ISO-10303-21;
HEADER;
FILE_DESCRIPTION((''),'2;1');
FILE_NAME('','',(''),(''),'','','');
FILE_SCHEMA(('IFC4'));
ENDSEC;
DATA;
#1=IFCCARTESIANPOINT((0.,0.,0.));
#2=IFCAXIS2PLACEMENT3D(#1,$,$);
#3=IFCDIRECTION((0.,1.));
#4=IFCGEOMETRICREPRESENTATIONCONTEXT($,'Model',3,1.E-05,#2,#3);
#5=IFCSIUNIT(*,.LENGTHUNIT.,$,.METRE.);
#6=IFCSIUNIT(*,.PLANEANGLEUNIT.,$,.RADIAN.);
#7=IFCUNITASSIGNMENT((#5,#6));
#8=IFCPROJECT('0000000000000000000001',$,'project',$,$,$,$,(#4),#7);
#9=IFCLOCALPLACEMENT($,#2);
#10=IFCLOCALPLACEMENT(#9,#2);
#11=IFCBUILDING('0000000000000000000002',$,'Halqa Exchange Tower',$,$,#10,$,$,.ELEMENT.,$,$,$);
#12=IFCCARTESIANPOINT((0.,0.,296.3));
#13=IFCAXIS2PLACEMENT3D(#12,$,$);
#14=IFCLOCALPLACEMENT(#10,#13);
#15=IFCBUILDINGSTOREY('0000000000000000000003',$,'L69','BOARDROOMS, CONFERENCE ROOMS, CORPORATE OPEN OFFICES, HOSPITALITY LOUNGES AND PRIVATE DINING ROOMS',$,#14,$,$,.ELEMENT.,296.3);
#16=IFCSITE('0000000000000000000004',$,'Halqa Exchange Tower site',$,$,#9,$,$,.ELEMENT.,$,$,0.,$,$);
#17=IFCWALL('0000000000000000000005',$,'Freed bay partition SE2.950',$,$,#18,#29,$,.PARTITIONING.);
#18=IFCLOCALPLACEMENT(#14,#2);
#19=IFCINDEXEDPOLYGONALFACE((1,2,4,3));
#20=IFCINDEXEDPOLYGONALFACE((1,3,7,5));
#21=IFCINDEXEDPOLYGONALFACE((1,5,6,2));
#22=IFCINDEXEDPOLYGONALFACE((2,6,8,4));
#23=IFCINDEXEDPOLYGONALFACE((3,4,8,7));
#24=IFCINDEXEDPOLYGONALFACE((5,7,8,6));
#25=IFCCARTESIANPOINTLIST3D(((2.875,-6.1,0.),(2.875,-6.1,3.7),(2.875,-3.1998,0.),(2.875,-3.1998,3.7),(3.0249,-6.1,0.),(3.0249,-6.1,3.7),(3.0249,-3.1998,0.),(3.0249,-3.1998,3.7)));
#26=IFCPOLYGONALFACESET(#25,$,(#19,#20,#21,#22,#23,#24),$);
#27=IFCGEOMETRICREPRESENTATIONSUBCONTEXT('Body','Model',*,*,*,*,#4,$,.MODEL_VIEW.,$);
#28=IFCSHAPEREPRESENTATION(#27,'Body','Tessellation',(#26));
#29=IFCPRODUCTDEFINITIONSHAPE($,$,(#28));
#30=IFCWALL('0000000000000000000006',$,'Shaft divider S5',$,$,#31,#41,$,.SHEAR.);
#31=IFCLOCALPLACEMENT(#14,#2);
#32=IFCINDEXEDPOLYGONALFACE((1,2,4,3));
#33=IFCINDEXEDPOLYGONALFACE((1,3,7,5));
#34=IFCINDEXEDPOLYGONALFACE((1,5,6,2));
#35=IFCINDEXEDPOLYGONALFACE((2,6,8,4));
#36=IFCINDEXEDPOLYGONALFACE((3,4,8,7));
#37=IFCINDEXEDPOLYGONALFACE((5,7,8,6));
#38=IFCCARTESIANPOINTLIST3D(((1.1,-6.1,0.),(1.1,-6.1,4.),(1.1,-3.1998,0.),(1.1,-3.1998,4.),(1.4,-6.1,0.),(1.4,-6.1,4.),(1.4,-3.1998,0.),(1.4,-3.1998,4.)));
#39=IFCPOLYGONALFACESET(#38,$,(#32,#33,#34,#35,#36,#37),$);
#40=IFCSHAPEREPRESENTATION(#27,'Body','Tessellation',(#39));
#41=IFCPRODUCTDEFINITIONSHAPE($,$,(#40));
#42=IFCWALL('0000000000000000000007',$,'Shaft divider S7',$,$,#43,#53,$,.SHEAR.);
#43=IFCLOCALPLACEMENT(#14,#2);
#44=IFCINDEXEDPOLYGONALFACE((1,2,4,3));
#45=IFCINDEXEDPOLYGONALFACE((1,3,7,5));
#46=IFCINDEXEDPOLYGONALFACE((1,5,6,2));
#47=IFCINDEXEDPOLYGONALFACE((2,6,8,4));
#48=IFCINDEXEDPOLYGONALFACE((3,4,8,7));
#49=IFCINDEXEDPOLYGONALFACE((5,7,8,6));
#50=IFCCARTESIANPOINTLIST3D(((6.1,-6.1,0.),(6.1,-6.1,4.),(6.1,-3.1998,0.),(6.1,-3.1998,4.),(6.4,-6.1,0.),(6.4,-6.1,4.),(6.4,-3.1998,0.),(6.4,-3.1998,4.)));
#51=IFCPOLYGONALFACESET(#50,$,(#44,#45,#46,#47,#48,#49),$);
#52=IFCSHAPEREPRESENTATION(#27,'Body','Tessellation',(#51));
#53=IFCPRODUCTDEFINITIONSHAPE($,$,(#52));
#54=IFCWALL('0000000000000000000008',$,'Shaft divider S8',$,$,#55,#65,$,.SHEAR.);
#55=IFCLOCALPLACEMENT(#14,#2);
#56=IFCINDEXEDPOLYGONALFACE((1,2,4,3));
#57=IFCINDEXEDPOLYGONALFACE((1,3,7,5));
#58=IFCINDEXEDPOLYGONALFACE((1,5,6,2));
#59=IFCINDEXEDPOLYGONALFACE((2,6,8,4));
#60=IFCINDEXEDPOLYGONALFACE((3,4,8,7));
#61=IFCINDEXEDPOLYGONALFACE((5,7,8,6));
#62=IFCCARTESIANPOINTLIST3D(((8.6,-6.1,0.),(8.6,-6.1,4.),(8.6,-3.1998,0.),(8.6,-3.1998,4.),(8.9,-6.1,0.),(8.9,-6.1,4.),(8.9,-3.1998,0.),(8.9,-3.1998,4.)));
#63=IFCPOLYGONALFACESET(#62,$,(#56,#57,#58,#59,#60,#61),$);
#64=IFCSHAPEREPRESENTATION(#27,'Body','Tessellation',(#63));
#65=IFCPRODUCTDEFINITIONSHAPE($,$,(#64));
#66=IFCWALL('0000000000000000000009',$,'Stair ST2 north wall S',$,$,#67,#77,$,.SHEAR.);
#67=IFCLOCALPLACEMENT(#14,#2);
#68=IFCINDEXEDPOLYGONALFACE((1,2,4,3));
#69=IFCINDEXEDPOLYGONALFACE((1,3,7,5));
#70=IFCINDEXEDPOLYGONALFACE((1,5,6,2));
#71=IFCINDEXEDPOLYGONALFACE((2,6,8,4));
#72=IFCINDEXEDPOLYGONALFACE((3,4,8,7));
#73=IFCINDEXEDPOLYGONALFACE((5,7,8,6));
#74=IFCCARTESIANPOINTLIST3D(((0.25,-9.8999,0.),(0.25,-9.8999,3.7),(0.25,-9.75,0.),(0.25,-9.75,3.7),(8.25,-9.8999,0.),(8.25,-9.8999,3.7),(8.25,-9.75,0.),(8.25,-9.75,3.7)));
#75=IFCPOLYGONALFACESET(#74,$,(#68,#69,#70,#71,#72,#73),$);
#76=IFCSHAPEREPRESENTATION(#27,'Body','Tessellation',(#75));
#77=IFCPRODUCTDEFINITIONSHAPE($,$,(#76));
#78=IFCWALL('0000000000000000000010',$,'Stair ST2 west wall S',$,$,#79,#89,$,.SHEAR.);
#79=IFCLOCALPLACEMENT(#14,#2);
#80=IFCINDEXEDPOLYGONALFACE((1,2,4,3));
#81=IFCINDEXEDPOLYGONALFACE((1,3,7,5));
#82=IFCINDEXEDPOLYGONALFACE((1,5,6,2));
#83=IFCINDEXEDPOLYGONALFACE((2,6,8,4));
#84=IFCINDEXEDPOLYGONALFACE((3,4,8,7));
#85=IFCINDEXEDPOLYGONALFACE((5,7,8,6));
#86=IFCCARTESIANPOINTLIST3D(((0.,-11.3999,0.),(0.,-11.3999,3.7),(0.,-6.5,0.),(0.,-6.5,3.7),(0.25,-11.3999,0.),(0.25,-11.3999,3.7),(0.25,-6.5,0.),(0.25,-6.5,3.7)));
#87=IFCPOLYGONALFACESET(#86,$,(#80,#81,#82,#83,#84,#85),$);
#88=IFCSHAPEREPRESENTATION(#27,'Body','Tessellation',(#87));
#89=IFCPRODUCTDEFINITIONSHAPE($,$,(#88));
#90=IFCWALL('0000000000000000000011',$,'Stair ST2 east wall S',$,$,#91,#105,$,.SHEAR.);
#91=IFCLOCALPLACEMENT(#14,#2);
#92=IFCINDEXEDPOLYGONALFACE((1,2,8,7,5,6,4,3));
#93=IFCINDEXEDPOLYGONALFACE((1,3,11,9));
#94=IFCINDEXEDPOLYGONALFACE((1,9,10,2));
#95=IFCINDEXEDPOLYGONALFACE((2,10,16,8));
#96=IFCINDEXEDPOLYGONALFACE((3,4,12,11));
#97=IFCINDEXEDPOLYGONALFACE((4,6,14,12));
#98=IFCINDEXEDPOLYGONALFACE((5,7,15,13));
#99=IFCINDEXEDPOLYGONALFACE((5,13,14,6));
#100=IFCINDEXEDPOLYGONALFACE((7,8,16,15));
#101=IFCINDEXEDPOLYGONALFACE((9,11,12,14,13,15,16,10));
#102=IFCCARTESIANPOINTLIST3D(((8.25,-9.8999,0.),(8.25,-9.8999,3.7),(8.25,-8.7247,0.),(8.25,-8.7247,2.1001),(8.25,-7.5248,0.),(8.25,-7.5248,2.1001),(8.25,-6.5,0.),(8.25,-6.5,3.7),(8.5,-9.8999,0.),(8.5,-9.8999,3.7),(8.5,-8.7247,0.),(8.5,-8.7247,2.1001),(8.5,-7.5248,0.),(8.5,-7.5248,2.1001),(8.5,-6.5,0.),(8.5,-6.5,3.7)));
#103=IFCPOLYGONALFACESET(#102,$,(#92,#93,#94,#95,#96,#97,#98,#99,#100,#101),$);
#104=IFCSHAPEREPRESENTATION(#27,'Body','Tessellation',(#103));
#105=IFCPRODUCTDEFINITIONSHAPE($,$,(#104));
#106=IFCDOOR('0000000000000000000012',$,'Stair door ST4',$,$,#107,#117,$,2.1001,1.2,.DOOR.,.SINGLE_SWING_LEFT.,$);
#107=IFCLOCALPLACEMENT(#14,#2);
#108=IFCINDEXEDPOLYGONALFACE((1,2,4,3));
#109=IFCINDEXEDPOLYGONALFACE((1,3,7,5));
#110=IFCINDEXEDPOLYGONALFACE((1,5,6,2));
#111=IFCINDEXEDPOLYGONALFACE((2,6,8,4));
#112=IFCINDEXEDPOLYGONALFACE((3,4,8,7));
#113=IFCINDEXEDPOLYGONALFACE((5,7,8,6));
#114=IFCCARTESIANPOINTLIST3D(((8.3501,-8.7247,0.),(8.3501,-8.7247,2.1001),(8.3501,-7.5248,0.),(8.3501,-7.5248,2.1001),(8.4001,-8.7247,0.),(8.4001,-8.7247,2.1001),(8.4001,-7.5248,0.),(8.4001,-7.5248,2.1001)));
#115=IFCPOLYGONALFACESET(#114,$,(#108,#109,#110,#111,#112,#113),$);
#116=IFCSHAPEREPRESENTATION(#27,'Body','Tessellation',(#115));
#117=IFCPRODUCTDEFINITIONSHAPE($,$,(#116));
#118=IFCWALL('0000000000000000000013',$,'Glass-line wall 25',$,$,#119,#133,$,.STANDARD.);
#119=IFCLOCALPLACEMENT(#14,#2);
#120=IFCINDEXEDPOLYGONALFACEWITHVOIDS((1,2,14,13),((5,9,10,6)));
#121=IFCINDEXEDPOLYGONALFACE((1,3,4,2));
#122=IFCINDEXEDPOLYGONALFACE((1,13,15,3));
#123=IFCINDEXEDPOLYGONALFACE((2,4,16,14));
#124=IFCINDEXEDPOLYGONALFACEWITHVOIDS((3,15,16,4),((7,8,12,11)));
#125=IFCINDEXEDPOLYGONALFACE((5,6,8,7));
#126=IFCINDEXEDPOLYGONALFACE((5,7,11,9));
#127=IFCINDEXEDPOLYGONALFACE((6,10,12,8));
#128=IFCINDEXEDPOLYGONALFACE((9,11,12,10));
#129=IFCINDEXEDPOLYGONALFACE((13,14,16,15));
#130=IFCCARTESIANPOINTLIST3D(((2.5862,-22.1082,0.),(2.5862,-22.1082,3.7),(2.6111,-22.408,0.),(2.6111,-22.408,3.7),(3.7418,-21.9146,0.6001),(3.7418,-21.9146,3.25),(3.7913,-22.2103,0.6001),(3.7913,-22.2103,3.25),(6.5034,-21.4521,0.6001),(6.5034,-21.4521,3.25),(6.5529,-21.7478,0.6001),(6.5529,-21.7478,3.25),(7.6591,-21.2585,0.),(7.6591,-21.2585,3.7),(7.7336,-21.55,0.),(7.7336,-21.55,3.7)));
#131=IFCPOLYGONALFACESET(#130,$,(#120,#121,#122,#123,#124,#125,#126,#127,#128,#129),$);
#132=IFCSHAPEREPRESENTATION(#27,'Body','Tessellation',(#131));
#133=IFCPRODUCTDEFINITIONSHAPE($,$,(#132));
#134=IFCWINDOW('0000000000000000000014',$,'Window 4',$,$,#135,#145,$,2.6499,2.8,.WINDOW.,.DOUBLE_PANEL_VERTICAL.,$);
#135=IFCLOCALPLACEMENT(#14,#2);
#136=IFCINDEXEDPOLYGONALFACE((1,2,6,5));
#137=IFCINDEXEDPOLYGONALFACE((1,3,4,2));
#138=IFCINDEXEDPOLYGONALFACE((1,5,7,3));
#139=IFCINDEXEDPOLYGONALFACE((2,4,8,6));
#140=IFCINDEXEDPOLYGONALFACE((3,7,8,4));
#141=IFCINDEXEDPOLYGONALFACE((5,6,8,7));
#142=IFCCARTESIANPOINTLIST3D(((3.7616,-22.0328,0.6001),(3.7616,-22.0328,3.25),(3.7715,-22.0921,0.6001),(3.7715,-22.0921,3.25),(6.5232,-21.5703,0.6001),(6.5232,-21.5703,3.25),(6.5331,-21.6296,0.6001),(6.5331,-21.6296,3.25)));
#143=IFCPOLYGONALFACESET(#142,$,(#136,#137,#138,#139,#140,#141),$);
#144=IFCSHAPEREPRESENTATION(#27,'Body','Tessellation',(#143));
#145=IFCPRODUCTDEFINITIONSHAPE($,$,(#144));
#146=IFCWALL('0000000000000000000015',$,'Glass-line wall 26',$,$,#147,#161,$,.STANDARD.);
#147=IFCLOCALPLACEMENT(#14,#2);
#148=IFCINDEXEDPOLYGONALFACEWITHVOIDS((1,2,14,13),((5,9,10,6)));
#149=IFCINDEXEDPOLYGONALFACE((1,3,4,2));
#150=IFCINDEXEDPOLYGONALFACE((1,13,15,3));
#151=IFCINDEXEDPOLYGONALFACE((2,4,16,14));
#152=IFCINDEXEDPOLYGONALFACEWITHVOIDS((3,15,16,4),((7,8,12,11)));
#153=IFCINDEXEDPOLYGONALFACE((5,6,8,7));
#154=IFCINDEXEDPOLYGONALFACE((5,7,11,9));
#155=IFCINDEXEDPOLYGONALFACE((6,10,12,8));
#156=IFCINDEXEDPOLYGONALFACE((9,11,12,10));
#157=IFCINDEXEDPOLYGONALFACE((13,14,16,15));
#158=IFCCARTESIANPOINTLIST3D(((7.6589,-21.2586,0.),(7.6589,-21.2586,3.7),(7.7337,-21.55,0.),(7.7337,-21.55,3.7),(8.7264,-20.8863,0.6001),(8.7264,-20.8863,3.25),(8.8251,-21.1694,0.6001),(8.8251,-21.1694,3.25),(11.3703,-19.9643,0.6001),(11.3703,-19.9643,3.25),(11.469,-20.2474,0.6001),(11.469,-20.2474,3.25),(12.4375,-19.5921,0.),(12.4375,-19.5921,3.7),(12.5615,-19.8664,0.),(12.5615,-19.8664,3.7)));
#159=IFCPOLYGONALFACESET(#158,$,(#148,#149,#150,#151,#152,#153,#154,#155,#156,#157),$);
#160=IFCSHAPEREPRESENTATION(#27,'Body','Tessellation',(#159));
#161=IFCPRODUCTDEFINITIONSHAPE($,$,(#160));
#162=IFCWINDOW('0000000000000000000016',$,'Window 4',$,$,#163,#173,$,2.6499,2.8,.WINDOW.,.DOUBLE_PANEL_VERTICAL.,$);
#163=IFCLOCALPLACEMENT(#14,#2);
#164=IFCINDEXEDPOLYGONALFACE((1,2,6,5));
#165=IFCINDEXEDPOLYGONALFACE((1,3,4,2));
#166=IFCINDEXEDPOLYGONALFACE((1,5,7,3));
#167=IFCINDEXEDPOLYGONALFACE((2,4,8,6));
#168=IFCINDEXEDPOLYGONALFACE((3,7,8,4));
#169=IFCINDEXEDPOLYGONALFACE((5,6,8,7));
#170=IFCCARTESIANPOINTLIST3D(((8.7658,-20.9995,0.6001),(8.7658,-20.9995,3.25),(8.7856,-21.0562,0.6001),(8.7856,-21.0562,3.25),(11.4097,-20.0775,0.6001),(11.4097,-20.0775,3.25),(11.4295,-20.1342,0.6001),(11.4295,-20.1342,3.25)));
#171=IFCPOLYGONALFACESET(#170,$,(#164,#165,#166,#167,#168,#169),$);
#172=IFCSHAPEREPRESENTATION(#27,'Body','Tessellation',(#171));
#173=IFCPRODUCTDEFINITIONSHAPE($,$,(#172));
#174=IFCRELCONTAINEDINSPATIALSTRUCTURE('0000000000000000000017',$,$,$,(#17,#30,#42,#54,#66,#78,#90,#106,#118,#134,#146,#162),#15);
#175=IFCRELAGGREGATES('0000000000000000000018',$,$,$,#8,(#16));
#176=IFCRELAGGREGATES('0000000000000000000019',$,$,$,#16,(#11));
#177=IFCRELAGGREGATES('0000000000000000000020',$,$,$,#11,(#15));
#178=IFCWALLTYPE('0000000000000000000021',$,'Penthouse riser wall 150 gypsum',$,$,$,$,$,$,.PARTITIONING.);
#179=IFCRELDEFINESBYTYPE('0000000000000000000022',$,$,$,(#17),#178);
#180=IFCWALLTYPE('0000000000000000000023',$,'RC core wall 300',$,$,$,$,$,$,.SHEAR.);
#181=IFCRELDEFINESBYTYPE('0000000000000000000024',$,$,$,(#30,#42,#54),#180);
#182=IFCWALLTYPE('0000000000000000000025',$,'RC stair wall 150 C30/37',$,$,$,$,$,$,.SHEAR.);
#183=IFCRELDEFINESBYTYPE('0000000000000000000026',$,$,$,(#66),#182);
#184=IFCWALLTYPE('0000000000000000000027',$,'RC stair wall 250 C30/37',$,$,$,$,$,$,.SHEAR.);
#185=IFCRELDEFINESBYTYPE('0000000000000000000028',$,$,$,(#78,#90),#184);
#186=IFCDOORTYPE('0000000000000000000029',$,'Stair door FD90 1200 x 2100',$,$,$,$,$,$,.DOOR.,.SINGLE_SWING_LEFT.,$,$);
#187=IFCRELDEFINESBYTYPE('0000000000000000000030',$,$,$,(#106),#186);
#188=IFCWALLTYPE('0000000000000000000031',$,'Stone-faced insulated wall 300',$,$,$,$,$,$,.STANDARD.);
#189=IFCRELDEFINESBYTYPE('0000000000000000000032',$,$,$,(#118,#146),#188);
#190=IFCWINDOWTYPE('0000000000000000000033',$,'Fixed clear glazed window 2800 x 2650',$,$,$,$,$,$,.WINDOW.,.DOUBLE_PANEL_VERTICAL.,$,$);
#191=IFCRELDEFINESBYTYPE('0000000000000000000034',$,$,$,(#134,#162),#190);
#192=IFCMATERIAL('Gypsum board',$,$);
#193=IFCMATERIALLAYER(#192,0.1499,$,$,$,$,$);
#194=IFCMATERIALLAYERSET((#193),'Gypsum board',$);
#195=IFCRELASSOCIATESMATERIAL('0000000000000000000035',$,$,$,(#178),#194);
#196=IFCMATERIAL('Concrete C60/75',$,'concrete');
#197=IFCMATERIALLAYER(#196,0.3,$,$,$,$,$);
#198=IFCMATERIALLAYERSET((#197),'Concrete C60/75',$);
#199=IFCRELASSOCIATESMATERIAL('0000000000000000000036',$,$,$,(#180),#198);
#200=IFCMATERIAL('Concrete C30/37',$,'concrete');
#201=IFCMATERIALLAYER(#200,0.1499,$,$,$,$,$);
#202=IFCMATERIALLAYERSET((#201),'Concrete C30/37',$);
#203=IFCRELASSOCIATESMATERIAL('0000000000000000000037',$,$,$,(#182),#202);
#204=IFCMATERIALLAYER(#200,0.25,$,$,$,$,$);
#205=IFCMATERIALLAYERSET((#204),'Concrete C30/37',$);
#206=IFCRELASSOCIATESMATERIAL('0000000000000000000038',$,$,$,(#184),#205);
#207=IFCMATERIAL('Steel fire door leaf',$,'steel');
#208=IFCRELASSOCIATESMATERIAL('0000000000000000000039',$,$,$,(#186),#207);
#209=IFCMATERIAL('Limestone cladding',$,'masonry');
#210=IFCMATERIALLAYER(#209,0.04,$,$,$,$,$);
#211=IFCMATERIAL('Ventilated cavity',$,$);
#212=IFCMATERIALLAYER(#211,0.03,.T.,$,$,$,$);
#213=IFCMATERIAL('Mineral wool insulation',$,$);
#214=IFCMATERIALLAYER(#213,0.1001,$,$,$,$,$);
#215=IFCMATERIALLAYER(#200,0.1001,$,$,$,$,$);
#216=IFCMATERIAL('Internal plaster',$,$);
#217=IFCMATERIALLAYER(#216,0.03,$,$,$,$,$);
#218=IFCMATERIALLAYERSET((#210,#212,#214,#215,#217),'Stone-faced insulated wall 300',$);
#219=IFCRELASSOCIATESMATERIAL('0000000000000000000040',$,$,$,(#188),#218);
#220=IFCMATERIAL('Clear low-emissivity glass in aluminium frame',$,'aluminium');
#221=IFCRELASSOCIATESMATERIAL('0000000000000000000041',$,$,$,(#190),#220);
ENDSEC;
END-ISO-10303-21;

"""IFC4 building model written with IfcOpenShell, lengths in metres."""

from ifc_helpers import new_model, si_unit, direction, frame, frame_2d, origin, place, context, subcontext, project, spatial, polyline, rectangle, outline, extrude, material, layer, layer_set, type_object, element, fill, save


model = new_model("IFC4")

# Units and contexts
model_context = context("Model", 3, precision=1e-05, world=origin(), true_north=direction((0.0, 1.0)))
body_context = subcontext(model_context, "Body", "Model", "MODEL_VIEW")
ifc_project = project(units=[si_unit("LENGTHUNIT", "METRE"), si_unit("PLANEANGLEUNIT", "RADIAN")], contexts=[model_context])

# Site, building, storey
site_placement = place(None, origin())
site = spatial("IfcSite", under=ifc_project, at=site_placement, Name="Halqa Exchange Tower site", CompositionType="ELEMENT", RefElevation=0.0)
building_placement = place(site_placement, origin())
building = spatial("IfcBuilding", under=site, at=building_placement, Name="Halqa Exchange Tower", CompositionType="ELEMENT")
storey_placement = place(building_placement, frame((0.0, 0.0, 296.3)))
storey = spatial("IfcBuildingStorey", under=building, at=storey_placement, Name="L69", Description="BOARDROOMS, CONFERENCE ROOMS, CORPORATE OPEN OFFICES, HOSPITALITY LOUNGES AND PRIVATE DINING ROOMS", CompositionType="ELEMENT", Elevation=296.3)

# Shared definitions
ifc_material_1 = material(Name="Concrete C60/75", Category="concrete")

# Walls
ifc_material_2 = material(Name="Gypsum board")
ifc_layer_1 = layer(ifc_material_2, 0.1499)
ifc_layer_set_1 = layer_set([ifc_layer_1], Name="Gypsum board")
wall_type_1 = type_object("IfcWallType", Name="Penthouse riser wall 150 gypsum", PredefinedType="PARTITIONING", material=ifc_layer_set_1)
wall_1_placement = place(storey_placement, frame((2.95, -6.1001, 0.0), z_axis=(0.0, 0.0, 1.0), x_axis=(0.0, 1.0, 0.0)))
element("IfcWall", 1, at=wall_1_placement, inside=storey, type_object=wall_type_1, Name="Freed bay partition SE2.950", PredefinedType="PARTITIONING", context=body_context, shape_type="SweptSolid", body=[
    extrude(rectangle(XDim=2.9001, YDim=0.1499, at=frame_2d((1.4502, 0.0))), origin(), (0.0, 0.0, 1.0), 3.7),
])
ifc_layer_2 = layer(ifc_material_1, 0.3)
ifc_layer_set_2 = layer_set([ifc_layer_2], Name="Concrete C60/75")
wall_type_2 = type_object("IfcWallType", Name="RC core wall 300", PredefinedType="SHEAR", material=ifc_layer_set_2)
for number, where, z_axis, x_axis, name in (
    (2, (1.25, -6.1001, 0.0), (0.0, 0.0, 1.0), (0.0, 1.0, 0.0), "Shaft divider S5"),
    (3, (6.25, -6.1001, 0.0), (0.0, 0.0, 1.0), (0.0, 1.0, 0.0), "Shaft divider S7"),
    (4, (8.75, -6.1001, 0.0), (0.0, 0.0, 1.0), (0.0, 1.0, 0.0), "Shaft divider S8"),
):
    element("IfcWall", number, at=place(storey_placement, frame(where, z_axis=z_axis, x_axis=x_axis)), inside=storey, type_object=wall_type_2, Name=name, PredefinedType="SHEAR", context=body_context, shape_type="SweptSolid", body=[
        extrude(rectangle(XDim=2.9001, YDim=0.3, at=frame_2d((1.4502, 0.0))), origin(), (0.0, 0.0, 1.0), 4.0),
    ])
ifc_material_3 = material(Name="Concrete C30/37", Category="concrete")
ifc_layer_3 = layer(ifc_material_3, 0.1499)
ifc_layer_set_3 = layer_set([ifc_layer_3], Name="Concrete C30/37")
wall_type_3 = type_object("IfcWallType", Name="RC stair wall 150 C30/37", PredefinedType="SHEAR", material=ifc_layer_set_3)
wall_2_placement = place(storey_placement, frame((0.25, -9.825, 0.0), z_axis=(0.0, 0.0, 1.0), x_axis=(1.0, 0.0, 0.0)))
element("IfcWall", 5, at=wall_2_placement, inside=storey, type_object=wall_type_3, Name="Stair ST2 north wall S", PredefinedType="SHEAR", context=body_context, shape_type="SweptSolid", body=[
    extrude(rectangle(XDim=8.0, YDim=0.1499, at=frame_2d((4.0, 0.0))), origin(), (0.0, 0.0, 1.0), 3.7),
])
ifc_layer_4 = layer(ifc_material_3, 0.25)
ifc_layer_set_4 = layer_set([ifc_layer_4], Name="Concrete C30/37")
wall_type_4 = type_object("IfcWallType", Name="RC stair wall 250 C30/37", PredefinedType="SHEAR", material=ifc_layer_set_4)
wall_3_placement = place(storey_placement, frame((0.125, -11.3999, 0.0), z_axis=(0.0, 0.0, 1.0), x_axis=(0.0, 1.0, 0.0)))
element("IfcWall", 6, at=wall_3_placement, inside=storey, type_object=wall_type_4, Name="Stair ST2 west wall S", PredefinedType="SHEAR", context=body_context, shape_type="SweptSolid", body=[
    extrude(rectangle(XDim=4.8999, YDim=0.25, at=frame_2d((2.45, 0.0))), origin(), (0.0, 0.0, 1.0), 3.7),
])

# Wall, opening, door
wall_4_placement = place(storey_placement, frame((8.375, -9.8999, 0.0), z_axis=(0.0, 0.0, 1.0), x_axis=(0.0, 1.0, 0.0)))
wall_4 = element("IfcWall", 7, at=wall_4_placement, inside=storey, type_object=wall_type_4, Name="Stair ST2 east wall S", PredefinedType="SHEAR", context=body_context, shape_type="SweptSolid", body=[
    extrude(rectangle(XDim=3.3999, YDim=0.25, at=frame_2d((1.7, 0.0))), origin(), (0.0, 0.0, 1.0), 3.7),
])
opening_1_placement = place(wall_4_placement, frame((1.175, 0.0, 0.0)))
opening_1 = element("IfcOpeningElement", 8, at=opening_1_placement, cuts=wall_4, PredefinedType="OPENING", context=body_context, shape_type="SweptSolid", body=[
    extrude(rectangle(XDim=1.2, YDim=2.1001, at=frame_2d((0.6001, 1.05))), frame((0.0, 0.137, 0.0), z_axis=(0.0, -1.0, 0.0), x_axis=(1.0, 0.0, 0.0)), (0.0, 0.0, 1.0), 0.2739),
])
ifc_material_4 = material(Name="Steel fire door leaf", Category="steel")
door_type = type_object("IfcDoorType", Name="Stair door FD90 1200 x 2100", OperationType="SINGLE_SWING_LEFT", PredefinedType="DOOR", material=ifc_material_4)
door_placement = place(opening_1_placement, origin())
door = element("IfcDoor", 9, at=door_placement, inside=storey, type_object=door_type, Name="Stair door ST4", OperationType="SINGLE_SWING_LEFT", OverallHeight=2.1001, OverallWidth=1.2, PredefinedType="DOOR", context=body_context, shape_type="SweptSolid", body=[
    extrude(rectangle(XDim=1.2, YDim=2.1001, at=frame_2d((0.6001, 1.05))), frame((0.0, 0.0249, 0.0), z_axis=(0.0, -1.0, 0.0), x_axis=(1.0, 0.0, 0.0)), (0.0, 0.0, 1.0), 0.05),
])
fill(opening_1, door)

# Walls, openings, windows
ifc_material_5 = material(Name="Limestone cladding", Category="masonry")
ifc_layer_5 = layer(ifc_material_5, 0.04)
ifc_material_6 = material(Name="Ventilated cavity")
ifc_layer_6 = layer(ifc_material_6, 0.03, ventilated=True)
ifc_material_7 = material(Name="Mineral wool insulation")
ifc_layer_7 = layer(ifc_material_7, 0.1001)
ifc_layer_8 = layer(ifc_material_3, 0.1001)
ifc_material_8 = material(Name="Internal plaster")
ifc_layer_9 = layer(ifc_material_8, 0.03)
ifc_layer_set_5 = layer_set([ifc_layer_5, ifc_layer_6, ifc_layer_7, ifc_layer_8, ifc_layer_9], Name="Stone-faced insulated wall 300")
wall_type_5 = type_object("IfcWallType", Name="Stone-faced insulated wall 300", PredefinedType="STANDARD", material=ifc_layer_set_5)
wall_5_placement = place(storey_placement, frame((2.5986, -22.2581, 0.0), z_axis=(0.0, 0.0, 1.0), x_axis=(0.986263, 0.16518, 0.0)))
wall_5 = element("IfcWall", 10, at=wall_5_placement, inside=storey, type_object=wall_type_5, Name="Glass-line wall 25", PredefinedType="STANDARD", context=body_context, shape_type="SweptSolid", body=[
    extrude(outline(polyline([(-0.0125, -0.1499), (5.1814, -0.1499), (5.156, 0.1499), (0.0125, 0.1499), (-0.0125, -0.1499)])), origin(), (0.0, 0.0, 1.0), 3.7),
])
opening_2_placement = place(wall_5_placement, frame((1.1843, 0.0, 0.6001)))
opening_2 = element("IfcOpeningElement", 11, at=opening_2_placement, cuts=wall_5, PredefinedType="OPENING", context=body_context, shape_type="SweptSolid", body=[
    extrude(rectangle(XDim=2.8, YDim=2.6499, at=frame_2d((1.3999, 1.325))), frame((0.0, 0.1621, 0.0), z_axis=(0.0, -1.0, 0.0), x_axis=(1.0, 0.0, 0.0)), (0.0, 0.0, 1.0), 0.324),
])
ifc_material_9 = material(Name="Clear low-emissivity glass in aluminium frame", Category="aluminium")
window_type = type_object("IfcWindowType", Name="Fixed clear glazed window 2800 x 2650", PartitioningType="DOUBLE_PANEL_VERTICAL", PredefinedType="WINDOW", material=ifc_material_9)
window_1_placement = place(opening_2_placement, origin())
window_1 = element("IfcWindow", 12, at=window_1_placement, inside=storey, type_object=window_type, Name="Window 4", OverallHeight=2.6499, OverallWidth=2.8, PartitioningType="DOUBLE_PANEL_VERTICAL", PredefinedType="WINDOW", context=body_context, shape_type="SweptSolid", body=[
    extrude(rectangle(XDim=2.8, YDim=2.6499, at=frame_2d((1.3999, 1.325))), frame((0.0, 0.03, 0.0), z_axis=(0.0, -1.0, 0.0), x_axis=(1.0, 0.0, 0.0)), (0.0, 0.0, 1.0), 0.0601),
])
fill(opening_2, window_1)
wall_6_placement = place(storey_placement, frame((7.6963, -21.4043, 0.0), z_axis=(0.0, 0.0, 1.0), x_axis=(0.94423, 0.329286, 0.0)))
wall_6 = element("IfcWall", 13, at=wall_6_placement, inside=storey, type_object=wall_type_5, Name="Glass-line wall 26", PredefinedType="STANDARD", context=body_context, shape_type="SweptSolid", body=[
    extrude(outline(polyline([(-0.0127, -0.1499), (5.1003, -0.1499), (5.0735, 0.1499), (0.0127, 0.1499), (-0.0127, -0.1499)])), origin(), (0.0, 0.0, 1.0), 3.7),
])
opening_3_placement = place(wall_6_placement, frame((1.1433, 0.0, 0.6001)))
opening_3 = element("IfcOpeningElement", 14, at=opening_3_placement, cuts=wall_6, PredefinedType="OPENING", context=body_context, shape_type="SweptSolid", body=[
    extrude(rectangle(XDim=2.8, YDim=2.6499, at=frame_2d((1.3999, 1.325))), frame((0.0, 0.1621, 0.0), z_axis=(0.0, -1.0, 0.0), x_axis=(1.0, 0.0, 0.0)), (0.0, 0.0, 1.0), 0.324),
])
window_2_placement = place(opening_3_placement, origin())
window_2 = element("IfcWindow", 15, at=window_2_placement, inside=storey, type_object=window_type, Name="Window 4", OverallHeight=2.6499, OverallWidth=2.8, PartitioningType="DOUBLE_PANEL_VERTICAL", PredefinedType="WINDOW", context=body_context, shape_type="SweptSolid", body=[
    extrude(rectangle(XDim=2.8, YDim=2.6499, at=frame_2d((1.3999, 1.325))), frame((0.0, 0.03, 0.0), z_axis=(0.0, -1.0, 0.0), x_axis=(1.0, 0.0, 0.0)), (0.0, 0.0, 1.0), 0.0601),
])
fill(opening_3, window_2)

save(model, "model.ifc")
